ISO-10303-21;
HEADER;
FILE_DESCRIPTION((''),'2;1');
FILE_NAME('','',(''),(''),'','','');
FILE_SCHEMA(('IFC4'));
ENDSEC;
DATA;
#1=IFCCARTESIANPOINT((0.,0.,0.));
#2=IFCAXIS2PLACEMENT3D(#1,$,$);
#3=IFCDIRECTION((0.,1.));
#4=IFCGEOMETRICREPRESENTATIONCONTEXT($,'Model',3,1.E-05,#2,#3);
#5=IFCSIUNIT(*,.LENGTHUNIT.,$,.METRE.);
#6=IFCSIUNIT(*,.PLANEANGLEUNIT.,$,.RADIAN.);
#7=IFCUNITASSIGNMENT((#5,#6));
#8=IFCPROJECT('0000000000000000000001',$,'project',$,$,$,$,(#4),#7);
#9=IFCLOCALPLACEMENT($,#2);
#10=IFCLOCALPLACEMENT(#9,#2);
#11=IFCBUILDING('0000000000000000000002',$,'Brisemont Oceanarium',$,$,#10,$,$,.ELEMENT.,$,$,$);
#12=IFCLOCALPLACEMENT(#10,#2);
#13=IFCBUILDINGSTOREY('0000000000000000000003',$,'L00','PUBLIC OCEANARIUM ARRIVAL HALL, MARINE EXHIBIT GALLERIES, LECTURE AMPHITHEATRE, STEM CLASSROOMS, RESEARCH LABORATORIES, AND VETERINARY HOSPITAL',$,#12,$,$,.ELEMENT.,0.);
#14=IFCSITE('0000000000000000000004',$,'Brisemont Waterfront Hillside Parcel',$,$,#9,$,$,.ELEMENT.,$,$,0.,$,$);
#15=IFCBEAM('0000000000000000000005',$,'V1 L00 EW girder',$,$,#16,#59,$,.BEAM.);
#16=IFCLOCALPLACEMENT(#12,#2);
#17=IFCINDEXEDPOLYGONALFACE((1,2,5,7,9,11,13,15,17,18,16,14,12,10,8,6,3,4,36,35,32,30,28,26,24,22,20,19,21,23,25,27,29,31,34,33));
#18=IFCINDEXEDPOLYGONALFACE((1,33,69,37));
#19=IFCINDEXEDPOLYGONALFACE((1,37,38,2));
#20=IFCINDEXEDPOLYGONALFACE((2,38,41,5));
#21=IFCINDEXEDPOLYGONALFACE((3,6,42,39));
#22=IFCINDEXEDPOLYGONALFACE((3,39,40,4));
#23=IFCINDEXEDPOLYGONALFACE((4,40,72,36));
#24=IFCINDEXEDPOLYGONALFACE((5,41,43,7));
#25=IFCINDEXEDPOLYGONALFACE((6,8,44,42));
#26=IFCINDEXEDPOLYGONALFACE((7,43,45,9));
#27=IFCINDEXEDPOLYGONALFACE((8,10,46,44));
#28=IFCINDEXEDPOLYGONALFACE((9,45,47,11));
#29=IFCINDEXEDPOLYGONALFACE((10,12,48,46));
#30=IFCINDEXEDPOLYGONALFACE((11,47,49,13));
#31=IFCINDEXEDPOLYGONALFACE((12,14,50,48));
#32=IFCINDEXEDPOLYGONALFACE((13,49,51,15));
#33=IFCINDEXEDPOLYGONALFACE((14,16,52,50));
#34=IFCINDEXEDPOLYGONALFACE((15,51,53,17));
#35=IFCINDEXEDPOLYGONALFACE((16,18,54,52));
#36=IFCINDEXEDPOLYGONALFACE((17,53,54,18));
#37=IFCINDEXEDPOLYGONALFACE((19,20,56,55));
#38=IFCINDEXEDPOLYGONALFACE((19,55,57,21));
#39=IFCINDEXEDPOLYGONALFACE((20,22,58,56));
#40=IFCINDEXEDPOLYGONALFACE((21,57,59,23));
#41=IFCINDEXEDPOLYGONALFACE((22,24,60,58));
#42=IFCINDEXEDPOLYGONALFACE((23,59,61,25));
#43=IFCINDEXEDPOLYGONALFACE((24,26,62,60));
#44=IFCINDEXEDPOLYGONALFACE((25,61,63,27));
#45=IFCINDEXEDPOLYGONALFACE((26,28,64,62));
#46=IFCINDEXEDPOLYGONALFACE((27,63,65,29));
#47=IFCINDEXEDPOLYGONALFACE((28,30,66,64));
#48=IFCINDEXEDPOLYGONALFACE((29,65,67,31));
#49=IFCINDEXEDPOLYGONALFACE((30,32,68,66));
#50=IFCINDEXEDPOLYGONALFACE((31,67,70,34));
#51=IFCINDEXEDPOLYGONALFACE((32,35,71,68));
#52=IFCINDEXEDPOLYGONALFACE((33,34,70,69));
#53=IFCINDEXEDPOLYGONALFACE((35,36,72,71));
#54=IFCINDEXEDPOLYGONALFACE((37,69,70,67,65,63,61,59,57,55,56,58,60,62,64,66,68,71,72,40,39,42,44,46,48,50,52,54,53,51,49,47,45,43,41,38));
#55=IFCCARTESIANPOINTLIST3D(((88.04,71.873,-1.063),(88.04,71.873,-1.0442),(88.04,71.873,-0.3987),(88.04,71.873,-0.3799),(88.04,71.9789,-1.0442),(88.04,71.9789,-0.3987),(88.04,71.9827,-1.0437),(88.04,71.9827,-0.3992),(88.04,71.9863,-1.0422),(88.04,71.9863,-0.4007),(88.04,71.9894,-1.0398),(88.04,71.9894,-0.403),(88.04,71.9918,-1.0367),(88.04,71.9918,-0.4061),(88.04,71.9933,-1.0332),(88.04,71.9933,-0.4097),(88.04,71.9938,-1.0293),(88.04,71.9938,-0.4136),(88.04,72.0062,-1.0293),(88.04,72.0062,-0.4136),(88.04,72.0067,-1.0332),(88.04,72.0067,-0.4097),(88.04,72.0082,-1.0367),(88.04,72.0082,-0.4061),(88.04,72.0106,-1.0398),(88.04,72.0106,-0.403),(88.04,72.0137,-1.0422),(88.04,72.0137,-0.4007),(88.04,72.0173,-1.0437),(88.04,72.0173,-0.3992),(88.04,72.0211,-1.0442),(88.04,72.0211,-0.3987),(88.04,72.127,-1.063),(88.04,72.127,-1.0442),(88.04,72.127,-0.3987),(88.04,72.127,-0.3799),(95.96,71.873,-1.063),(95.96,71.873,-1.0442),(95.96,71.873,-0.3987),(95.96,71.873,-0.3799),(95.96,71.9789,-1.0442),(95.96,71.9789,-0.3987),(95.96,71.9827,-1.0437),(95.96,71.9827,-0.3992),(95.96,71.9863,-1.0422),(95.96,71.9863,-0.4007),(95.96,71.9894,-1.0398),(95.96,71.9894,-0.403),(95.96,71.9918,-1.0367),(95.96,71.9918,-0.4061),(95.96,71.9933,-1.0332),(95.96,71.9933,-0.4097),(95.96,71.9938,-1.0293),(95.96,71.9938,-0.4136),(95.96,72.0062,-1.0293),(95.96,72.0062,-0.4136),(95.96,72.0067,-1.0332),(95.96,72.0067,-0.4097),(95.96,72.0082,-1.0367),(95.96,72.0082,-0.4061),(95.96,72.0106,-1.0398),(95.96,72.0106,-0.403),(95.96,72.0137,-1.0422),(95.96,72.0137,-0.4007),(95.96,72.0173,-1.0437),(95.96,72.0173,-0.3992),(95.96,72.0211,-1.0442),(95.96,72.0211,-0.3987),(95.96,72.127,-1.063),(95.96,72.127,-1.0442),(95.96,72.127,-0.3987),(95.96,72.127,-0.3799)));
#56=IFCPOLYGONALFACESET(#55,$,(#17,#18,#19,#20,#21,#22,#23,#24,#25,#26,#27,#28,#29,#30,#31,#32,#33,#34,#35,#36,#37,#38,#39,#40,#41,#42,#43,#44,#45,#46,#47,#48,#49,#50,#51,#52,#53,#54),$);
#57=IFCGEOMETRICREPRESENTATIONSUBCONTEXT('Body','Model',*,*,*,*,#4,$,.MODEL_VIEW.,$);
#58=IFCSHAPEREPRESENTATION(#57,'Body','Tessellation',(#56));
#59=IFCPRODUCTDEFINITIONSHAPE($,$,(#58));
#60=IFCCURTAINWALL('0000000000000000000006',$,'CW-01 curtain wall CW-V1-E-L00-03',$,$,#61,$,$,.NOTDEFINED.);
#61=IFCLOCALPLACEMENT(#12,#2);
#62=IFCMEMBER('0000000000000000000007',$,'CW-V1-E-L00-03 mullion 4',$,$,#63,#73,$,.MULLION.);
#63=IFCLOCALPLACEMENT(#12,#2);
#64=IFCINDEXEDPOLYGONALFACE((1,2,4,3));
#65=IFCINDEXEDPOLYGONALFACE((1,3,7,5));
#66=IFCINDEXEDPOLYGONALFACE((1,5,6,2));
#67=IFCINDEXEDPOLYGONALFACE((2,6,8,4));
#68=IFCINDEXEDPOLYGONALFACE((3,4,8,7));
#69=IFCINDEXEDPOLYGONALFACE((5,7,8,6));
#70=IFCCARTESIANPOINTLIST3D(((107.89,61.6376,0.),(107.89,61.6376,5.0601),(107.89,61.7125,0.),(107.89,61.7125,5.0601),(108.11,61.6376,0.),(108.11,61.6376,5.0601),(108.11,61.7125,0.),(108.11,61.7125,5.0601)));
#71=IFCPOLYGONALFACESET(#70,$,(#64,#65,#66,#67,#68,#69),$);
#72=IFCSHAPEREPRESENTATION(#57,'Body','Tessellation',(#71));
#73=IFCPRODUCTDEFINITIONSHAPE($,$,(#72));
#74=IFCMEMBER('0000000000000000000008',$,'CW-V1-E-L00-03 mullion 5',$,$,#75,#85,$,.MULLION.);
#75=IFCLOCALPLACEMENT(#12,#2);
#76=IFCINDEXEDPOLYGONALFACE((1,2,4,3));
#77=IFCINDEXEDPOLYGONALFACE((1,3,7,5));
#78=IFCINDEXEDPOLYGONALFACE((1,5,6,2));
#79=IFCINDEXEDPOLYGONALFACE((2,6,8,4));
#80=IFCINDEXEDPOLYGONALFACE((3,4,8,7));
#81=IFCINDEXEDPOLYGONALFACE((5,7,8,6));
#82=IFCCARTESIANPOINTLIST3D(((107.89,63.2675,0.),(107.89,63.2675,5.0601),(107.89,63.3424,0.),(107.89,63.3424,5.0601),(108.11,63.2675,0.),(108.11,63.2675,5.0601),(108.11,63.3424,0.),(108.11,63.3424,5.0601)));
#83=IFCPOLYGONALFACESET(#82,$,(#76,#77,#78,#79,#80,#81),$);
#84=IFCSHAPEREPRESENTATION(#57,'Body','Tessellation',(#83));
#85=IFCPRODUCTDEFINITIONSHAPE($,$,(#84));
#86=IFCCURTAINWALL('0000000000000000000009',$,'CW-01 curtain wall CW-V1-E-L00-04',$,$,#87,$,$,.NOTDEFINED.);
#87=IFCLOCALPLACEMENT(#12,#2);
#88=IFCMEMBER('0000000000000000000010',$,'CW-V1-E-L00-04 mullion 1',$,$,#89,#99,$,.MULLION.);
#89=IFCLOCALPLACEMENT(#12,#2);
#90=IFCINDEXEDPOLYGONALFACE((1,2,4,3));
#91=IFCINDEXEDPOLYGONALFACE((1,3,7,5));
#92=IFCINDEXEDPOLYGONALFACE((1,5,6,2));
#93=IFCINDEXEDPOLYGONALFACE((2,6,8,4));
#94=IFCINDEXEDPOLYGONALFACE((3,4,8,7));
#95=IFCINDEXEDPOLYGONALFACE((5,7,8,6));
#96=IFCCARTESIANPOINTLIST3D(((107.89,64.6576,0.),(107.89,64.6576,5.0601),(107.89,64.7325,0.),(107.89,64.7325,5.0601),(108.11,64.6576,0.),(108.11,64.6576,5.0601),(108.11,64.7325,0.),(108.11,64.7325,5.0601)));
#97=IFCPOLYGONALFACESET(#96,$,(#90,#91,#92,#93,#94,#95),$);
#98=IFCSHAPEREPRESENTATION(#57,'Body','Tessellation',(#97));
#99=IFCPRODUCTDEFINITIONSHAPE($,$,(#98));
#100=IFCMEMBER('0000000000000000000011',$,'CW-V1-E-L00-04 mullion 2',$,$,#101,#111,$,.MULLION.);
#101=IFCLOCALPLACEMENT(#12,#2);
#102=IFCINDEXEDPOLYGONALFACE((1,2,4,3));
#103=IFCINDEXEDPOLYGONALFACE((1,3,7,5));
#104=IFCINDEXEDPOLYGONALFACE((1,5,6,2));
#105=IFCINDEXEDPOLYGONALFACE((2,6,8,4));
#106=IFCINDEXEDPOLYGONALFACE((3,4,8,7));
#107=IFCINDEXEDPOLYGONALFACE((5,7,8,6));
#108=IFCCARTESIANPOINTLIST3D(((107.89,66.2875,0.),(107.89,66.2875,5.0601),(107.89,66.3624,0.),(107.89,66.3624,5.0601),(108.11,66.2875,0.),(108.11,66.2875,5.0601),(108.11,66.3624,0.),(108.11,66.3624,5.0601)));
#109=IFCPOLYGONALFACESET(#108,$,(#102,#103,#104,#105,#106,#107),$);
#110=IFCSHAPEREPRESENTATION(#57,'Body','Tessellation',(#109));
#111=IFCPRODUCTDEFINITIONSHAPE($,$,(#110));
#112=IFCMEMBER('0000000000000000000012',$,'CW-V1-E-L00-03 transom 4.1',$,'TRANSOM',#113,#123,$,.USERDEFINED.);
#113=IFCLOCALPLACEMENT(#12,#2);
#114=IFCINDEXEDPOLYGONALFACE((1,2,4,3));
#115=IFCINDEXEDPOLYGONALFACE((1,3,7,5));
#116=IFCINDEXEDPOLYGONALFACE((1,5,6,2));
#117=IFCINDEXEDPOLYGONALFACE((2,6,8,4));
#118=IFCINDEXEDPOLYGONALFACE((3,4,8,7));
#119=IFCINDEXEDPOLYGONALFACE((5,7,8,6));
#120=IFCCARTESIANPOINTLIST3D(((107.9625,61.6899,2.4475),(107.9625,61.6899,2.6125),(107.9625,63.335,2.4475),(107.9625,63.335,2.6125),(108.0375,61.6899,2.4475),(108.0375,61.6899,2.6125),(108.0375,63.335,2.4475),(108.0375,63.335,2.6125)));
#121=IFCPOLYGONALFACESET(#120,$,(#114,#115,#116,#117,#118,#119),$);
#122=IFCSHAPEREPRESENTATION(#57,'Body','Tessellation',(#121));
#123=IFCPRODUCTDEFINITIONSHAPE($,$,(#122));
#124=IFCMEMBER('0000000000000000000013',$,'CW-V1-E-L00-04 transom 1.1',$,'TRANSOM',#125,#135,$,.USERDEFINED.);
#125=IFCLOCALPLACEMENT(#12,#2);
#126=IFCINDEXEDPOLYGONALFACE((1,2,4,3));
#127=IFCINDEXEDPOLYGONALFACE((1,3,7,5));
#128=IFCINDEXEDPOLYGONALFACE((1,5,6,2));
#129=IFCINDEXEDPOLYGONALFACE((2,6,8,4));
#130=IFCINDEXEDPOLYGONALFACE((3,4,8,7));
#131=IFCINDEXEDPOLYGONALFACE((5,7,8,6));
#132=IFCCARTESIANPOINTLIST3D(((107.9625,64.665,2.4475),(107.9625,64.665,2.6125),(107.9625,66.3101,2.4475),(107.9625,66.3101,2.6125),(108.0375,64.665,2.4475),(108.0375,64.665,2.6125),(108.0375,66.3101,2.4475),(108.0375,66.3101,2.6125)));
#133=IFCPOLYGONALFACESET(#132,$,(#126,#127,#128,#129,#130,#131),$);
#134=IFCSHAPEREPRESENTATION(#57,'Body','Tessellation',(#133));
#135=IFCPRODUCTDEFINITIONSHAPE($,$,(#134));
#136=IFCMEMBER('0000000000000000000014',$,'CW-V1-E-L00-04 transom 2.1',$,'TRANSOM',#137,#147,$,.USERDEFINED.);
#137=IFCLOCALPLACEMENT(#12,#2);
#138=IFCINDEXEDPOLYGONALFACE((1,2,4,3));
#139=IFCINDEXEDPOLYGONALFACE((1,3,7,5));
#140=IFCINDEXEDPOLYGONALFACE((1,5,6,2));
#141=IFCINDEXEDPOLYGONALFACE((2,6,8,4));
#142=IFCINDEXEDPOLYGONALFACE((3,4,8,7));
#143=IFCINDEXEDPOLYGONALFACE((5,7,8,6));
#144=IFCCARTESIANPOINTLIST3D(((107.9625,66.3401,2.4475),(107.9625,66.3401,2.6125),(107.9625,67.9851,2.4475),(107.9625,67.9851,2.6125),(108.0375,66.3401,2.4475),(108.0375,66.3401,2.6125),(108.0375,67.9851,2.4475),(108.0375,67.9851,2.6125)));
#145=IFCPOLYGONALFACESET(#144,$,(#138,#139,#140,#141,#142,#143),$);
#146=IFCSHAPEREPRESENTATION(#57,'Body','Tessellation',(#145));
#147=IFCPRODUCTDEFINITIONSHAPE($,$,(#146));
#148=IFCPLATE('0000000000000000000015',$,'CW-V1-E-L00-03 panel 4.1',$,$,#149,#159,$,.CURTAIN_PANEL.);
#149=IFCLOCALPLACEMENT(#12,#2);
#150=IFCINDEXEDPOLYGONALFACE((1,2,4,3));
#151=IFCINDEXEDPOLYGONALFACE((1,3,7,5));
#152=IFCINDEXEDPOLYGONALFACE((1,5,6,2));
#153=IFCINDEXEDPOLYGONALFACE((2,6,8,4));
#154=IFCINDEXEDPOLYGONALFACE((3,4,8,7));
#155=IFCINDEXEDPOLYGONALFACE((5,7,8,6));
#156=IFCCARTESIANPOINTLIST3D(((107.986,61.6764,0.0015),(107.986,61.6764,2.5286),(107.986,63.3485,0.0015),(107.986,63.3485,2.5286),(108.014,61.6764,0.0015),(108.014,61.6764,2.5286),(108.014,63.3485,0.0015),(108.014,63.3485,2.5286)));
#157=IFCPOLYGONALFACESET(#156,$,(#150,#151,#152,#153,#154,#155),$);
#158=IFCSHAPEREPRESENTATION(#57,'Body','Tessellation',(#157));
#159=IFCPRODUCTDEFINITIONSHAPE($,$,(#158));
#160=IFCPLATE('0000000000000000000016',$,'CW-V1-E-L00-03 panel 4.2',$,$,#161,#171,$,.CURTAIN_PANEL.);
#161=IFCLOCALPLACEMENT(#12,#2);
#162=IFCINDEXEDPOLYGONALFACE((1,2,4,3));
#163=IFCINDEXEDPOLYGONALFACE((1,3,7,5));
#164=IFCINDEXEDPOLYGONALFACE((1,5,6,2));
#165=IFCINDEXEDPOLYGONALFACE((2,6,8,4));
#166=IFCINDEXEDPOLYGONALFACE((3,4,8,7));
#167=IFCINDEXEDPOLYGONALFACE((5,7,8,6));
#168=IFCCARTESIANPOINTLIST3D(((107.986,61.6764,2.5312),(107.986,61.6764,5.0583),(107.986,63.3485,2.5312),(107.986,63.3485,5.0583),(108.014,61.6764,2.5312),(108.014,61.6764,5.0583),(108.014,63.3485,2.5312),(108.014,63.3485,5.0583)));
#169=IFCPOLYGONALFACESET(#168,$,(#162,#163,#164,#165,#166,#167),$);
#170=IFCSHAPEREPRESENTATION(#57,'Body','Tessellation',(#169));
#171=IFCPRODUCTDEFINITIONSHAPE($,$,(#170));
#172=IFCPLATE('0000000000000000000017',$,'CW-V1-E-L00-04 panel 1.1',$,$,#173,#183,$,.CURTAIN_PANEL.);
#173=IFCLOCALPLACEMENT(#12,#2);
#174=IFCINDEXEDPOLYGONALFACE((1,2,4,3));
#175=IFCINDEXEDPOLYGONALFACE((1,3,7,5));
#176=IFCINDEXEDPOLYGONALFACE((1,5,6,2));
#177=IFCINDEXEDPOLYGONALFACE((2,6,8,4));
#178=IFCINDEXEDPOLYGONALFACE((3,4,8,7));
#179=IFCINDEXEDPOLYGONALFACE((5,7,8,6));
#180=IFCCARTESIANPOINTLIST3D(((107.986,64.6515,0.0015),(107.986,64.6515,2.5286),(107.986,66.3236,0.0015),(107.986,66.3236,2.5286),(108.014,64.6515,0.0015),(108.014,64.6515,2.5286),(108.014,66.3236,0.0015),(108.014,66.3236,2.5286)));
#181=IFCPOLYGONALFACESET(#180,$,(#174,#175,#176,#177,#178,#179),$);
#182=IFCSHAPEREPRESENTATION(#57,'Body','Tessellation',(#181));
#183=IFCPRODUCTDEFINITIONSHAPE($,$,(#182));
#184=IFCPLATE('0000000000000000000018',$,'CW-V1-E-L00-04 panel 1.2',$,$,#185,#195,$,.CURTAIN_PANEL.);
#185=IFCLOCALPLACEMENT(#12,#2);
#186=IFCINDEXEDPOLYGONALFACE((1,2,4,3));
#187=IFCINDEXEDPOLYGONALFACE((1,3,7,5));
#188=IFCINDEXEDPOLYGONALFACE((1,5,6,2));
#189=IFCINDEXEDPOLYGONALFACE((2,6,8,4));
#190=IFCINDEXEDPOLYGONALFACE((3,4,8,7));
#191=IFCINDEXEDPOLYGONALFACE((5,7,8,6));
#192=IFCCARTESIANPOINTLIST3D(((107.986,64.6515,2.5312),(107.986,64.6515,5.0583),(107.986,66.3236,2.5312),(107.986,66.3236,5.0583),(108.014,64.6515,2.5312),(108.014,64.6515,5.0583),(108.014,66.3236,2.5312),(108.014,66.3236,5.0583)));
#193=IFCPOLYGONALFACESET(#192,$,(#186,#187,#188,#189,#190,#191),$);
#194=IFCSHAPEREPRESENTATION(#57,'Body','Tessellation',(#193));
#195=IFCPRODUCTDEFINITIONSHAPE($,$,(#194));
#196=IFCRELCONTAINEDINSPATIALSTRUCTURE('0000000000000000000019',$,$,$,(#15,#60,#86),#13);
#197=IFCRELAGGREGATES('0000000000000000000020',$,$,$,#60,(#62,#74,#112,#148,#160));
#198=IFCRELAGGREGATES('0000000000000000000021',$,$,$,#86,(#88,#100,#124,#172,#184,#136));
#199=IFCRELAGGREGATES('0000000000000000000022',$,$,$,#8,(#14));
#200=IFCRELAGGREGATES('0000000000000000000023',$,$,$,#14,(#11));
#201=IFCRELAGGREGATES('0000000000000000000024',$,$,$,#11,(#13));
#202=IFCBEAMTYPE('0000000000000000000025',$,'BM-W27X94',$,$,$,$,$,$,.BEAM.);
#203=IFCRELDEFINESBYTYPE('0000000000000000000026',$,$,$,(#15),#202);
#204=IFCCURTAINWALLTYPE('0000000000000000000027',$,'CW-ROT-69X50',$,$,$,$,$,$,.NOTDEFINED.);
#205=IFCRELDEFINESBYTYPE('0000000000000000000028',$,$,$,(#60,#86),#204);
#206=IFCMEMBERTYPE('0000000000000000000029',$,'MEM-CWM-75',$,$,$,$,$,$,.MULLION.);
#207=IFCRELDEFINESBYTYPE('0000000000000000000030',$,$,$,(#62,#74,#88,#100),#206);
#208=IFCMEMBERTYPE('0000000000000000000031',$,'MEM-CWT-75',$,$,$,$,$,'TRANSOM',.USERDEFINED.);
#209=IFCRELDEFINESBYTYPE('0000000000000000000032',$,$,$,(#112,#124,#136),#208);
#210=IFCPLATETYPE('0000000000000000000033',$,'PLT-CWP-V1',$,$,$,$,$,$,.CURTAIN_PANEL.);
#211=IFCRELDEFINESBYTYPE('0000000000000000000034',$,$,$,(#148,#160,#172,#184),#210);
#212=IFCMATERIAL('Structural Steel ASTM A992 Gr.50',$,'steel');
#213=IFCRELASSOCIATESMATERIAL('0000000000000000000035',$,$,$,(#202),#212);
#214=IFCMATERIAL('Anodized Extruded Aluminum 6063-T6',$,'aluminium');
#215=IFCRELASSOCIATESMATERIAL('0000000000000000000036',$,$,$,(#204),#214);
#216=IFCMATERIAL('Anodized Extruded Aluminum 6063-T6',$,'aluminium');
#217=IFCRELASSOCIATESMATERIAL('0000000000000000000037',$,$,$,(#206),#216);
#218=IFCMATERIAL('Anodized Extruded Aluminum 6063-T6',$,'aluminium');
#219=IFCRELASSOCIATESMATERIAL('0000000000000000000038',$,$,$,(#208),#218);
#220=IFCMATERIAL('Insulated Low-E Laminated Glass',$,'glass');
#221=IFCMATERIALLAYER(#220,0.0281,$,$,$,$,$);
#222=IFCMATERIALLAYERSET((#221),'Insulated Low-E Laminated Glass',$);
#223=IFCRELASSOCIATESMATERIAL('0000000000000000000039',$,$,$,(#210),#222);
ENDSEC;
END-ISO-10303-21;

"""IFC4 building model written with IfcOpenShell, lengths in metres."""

from ifc_helpers import new_model, si_unit, direction, frame, origin, origin_2d, place, context, subcontext, project, spatial, rectangle, i_section, extrude, material, layer, layer_set, material_profile, profile_set, type_object, element, aggregate, save


model = new_model("IFC4")

# Units and contexts
model_context = context("Model", 3, precision=1e-05, world=origin(), true_north=direction((0.0, 1.0)))
body_context = subcontext(model_context, "Body", "Model", "MODEL_VIEW")
ifc_project = project(units=[si_unit("LENGTHUNIT", "METRE"), si_unit("PLANEANGLEUNIT", "RADIAN")], contexts=[model_context])

# Site, building, storey
site_placement = place(None, origin())
site = spatial("IfcSite", under=ifc_project, at=site_placement, Name="Brisemont Waterfront Hillside Parcel", CompositionType="ELEMENT", RefElevation=0.0)
building_placement = place(site_placement, origin())
building = spatial("IfcBuilding", under=site, at=building_placement, Name="Brisemont Oceanarium", CompositionType="ELEMENT")
storey_placement = place(building_placement, origin())
storey = spatial("IfcBuildingStorey", under=building, at=storey_placement, Name="L00", Description="PUBLIC OCEANARIUM ARRIVAL HALL, MARINE EXHIBIT GALLERIES, LECTURE AMPHITHEATRE, STEM CLASSROOMS, RESEARCH LABORATORIES, AND VETERINARY HOSPITAL", CompositionType="ELEMENT", Elevation=0.0)

# Beam
ifc_material_1 = material(Name="Structural Steel ASTM A992 Gr.50", Category="steel")
ifc_material_profile_1 = material_profile(ifc_material_1, i_section(OverallWidth=0.2539, OverallDepth=0.6831, WebThickness=0.0125, FlangeThickness=0.0188, FilletRadius=0.0149, at=origin_2d()), Name="W27X94")
ifc_profile_set_1 = profile_set([ifc_material_profile_1], Name="Structural Steel ASTM A992 Gr.50")
beam_type_1 = type_object("IfcBeamType", Name="BM-W27X94", PredefinedType="BEAM", material=ifc_profile_set_1)
beam_1_placement = place(storey_placement, frame((88.04, 72.0, -0.7214), z_axis=(1.0, 0.0, 0.0), x_axis=(0.0, 1.0, 0.0)))
element("IfcBeam", 1, at=beam_1_placement, inside=storey, type_object=beam_type_1, Name="V1 L00 EW girder", PredefinedType="BEAM", context=body_context, shape_type="SweptSolid", body=[
    extrude(i_section(OverallWidth=0.2539, OverallDepth=0.6831, WebThickness=0.0125, FlangeThickness=0.0188, FilletRadius=0.0149, at=origin_2d()), origin(), (0.0, 0.0, 1.0), 7.9199),
])

# Curtain walls, members
ifc_material_2 = material(Name="Anodized Extruded Aluminum 6063-T6", Category="aluminium")
curtain_wall_type = type_object("IfcCurtainWallType", Name="CW-ROT-69X50", PredefinedType="NOTDEFINED", material=ifc_material_2)
curtain_wall_1_placement = place(storey_placement, origin())
curtain_wall_1 = element("IfcCurtainWall", 2, at=curtain_wall_1_placement, inside=storey, type_object=curtain_wall_type, Name="CW-01 curtain wall CW-V1-E-L00-03", PredefinedType="NOTDEFINED")
ifc_material_3 = material(Name="Anodized Extruded Aluminum 6063-T6", Category="aluminium")
ifc_material_profile_2 = material_profile(ifc_material_3, rectangle(XDim=0.075, YDim=0.22, at=origin_2d()), Name="CWM-75X220")
ifc_profile_set_2 = profile_set([ifc_material_profile_2], Name="Anodized Extruded Aluminum 6063-T6")
member_type_1 = type_object("IfcMemberType", Name="MEM-CWM-75", PredefinedType="MULLION", material=ifc_profile_set_2)
member_1_placement = place(storey_placement, frame((108.0, 61.675, 0.0), z_axis=(0.0, 0.0, 1.0), x_axis=(0.0, 1.0, 0.0)))
member_1 = element("IfcMember", 3, at=member_1_placement, type_object=member_type_1, Name="CW-V1-E-L00-03 mullion 4", PredefinedType="MULLION", context=body_context, shape_type="SweptSolid", body=[
    extrude(rectangle(XDim=0.075, YDim=0.22, at=origin_2d()), origin(), (0.0, 0.0, 1.0), 5.0601),
])
member_2_placement = place(storey_placement, frame((108.0, 63.3049, 0.0), z_axis=(0.0, 0.0, 1.0), x_axis=(0.0, 1.0, 0.0)))
member_2 = element("IfcMember", 4, at=member_2_placement, type_object=member_type_1, Name="CW-V1-E-L00-03 mullion 5", PredefinedType="MULLION", context=body_context, shape_type="SweptSolid", body=[
    extrude(rectangle(XDim=0.075, YDim=0.22, at=origin_2d()), origin(), (0.0, 0.0, 1.0), 5.0601),
])
curtain_wall_2_placement = place(storey_placement, origin())
curtain_wall_2 = element("IfcCurtainWall", 5, at=curtain_wall_2_placement, inside=storey, type_object=curtain_wall_type, Name="CW-01 curtain wall CW-V1-E-L00-04", PredefinedType="NOTDEFINED")
member_3_placement = place(storey_placement, frame((108.0, 64.6951, 0.0), z_axis=(0.0, 0.0, 1.0), x_axis=(0.0, 1.0, 0.0)))
member_3 = element("IfcMember", 6, at=member_3_placement, type_object=member_type_1, Name="CW-V1-E-L00-04 mullion 1", PredefinedType="MULLION", context=body_context, shape_type="SweptSolid", body=[
    extrude(rectangle(XDim=0.075, YDim=0.22, at=origin_2d()), origin(), (0.0, 0.0, 1.0), 5.0601),
])
member_4_placement = place(storey_placement, frame((108.0, 66.325, 0.0), z_axis=(0.0, 0.0, 1.0), x_axis=(0.0, 1.0, 0.0)))
member_4 = element("IfcMember", 7, at=member_4_placement, type_object=member_type_1, Name="CW-V1-E-L00-04 mullion 2", PredefinedType="MULLION", context=body_context, shape_type="SweptSolid", body=[
    extrude(rectangle(XDim=0.075, YDim=0.22, at=origin_2d()), origin(), (0.0, 0.0, 1.0), 5.0601),
])

# Members
ifc_material_4 = material(Name="Anodized Extruded Aluminum 6063-T6", Category="aluminium")
ifc_material_profile_3 = material_profile(ifc_material_4, rectangle(XDim=0.075, YDim=0.165, at=origin_2d()), Name="CWT-75X165")
ifc_profile_set_3 = profile_set([ifc_material_profile_3], Name="Anodized Extruded Aluminum 6063-T6")
member_type_2 = type_object("IfcMemberType", Name="MEM-CWT-75", ElementType="TRANSOM", PredefinedType="USERDEFINED", material=ifc_profile_set_3)
member_5_placement = place(storey_placement, frame((108.0, 61.6899, 2.53), z_axis=(0.0, 1.0, 0.0), x_axis=(-1.0, 0.0, 0.0)))
member_5 = element("IfcMember", 8, at=member_5_placement, type_object=member_type_2, Name="CW-V1-E-L00-03 transom 4.1", ObjectType="TRANSOM", PredefinedType="USERDEFINED", context=body_context, shape_type="SweptSolid", body=[
    extrude(rectangle(XDim=0.075, YDim=0.165, at=origin_2d()), origin(), (0.0, 0.0, 1.0), 1.645),
])
member_6_placement = place(storey_placement, frame((108.0, 64.665, 2.53), z_axis=(0.0, 1.0, 0.0), x_axis=(-1.0, 0.0, 0.0)))
member_6 = element("IfcMember", 9, at=member_6_placement, type_object=member_type_2, Name="CW-V1-E-L00-04 transom 1.1", ObjectType="TRANSOM", PredefinedType="USERDEFINED", context=body_context, shape_type="SweptSolid", body=[
    extrude(rectangle(XDim=0.075, YDim=0.165, at=origin_2d()), origin(), (0.0, 0.0, 1.0), 1.645),
])
member_7_placement = place(storey_placement, frame((108.0, 66.3401, 2.53), z_axis=(0.0, 1.0, 0.0), x_axis=(-1.0, 0.0, 0.0)))
member_7 = element("IfcMember", 10, at=member_7_placement, type_object=member_type_2, Name="CW-V1-E-L00-04 transom 2.1", ObjectType="TRANSOM", PredefinedType="USERDEFINED", context=body_context, shape_type="SweptSolid", body=[
    extrude(rectangle(XDim=0.075, YDim=0.165, at=origin_2d()), origin(), (0.0, 0.0, 1.0), 1.645),
])

# Plates
ifc_material_5 = material(Name="Insulated Low-E Laminated Glass", Category="glass")
ifc_layer_1 = layer(ifc_material_5, 0.0281)
ifc_layer_set_1 = layer_set([ifc_layer_1], Name="Insulated Low-E Laminated Glass")
plate_type = type_object("IfcPlateType", Name="PLT-CWP-V1", PredefinedType="CURTAIN_PANEL", material=ifc_layer_set_1)
plate_1_placement = place(storey_placement, frame((108.0, 62.5125, 0.0015), z_axis=(0.0, 0.0, 1.0), x_axis=(0.0, 1.0, 0.0)))
plate_1 = element("IfcPlate", 11, at=plate_1_placement, type_object=plate_type, Name="CW-V1-E-L00-03 panel 4.1", PredefinedType="CURTAIN_PANEL", context=body_context, shape_type="SweptSolid", body=[
    extrude(rectangle(XDim=1.6721, YDim=0.0281, at=origin_2d()), origin(), (0.0, 0.0, 1.0), 2.5271),
])
plate_2_placement = place(storey_placement, frame((108.0, 62.5125, 2.5312), z_axis=(0.0, 0.0, 1.0), x_axis=(0.0, 1.0, 0.0)))
plate_2 = element("IfcPlate", 12, at=plate_2_placement, type_object=plate_type, Name="CW-V1-E-L00-03 panel 4.2", PredefinedType="CURTAIN_PANEL", context=body_context, shape_type="SweptSolid", body=[
    extrude(rectangle(XDim=1.6721, YDim=0.0281, at=origin_2d()), origin(), (0.0, 0.0, 1.0), 2.5271),
])
aggregate(curtain_wall_1, [member_1, member_2, member_5, plate_1, plate_2])
plate_3_placement = place(storey_placement, frame((108.0, 65.4875, 0.0015), z_axis=(0.0, 0.0, 1.0), x_axis=(0.0, 1.0, 0.0)))
plate_3 = element("IfcPlate", 13, at=plate_3_placement, type_object=plate_type, Name="CW-V1-E-L00-04 panel 1.1", PredefinedType="CURTAIN_PANEL", context=body_context, shape_type="SweptSolid", body=[
    extrude(rectangle(XDim=1.6721, YDim=0.0281, at=origin_2d()), origin(), (0.0, 0.0, 1.0), 2.5271),
])
plate_4_placement = place(storey_placement, frame((108.0, 65.4875, 2.5312), z_axis=(0.0, 0.0, 1.0), x_axis=(0.0, 1.0, 0.0)))
plate_4 = element("IfcPlate", 14, at=plate_4_placement, type_object=plate_type, Name="CW-V1-E-L00-04 panel 1.2", PredefinedType="CURTAIN_PANEL", context=body_context, shape_type="SweptSolid", body=[
    extrude(rectangle(XDim=1.6721, YDim=0.0281, at=origin_2d()), origin(), (0.0, 0.0, 1.0), 2.5271),
])
aggregate(curtain_wall_2, [member_3, member_4, member_6, plate_3, plate_4, member_7])

save(model, "model.ifc")
